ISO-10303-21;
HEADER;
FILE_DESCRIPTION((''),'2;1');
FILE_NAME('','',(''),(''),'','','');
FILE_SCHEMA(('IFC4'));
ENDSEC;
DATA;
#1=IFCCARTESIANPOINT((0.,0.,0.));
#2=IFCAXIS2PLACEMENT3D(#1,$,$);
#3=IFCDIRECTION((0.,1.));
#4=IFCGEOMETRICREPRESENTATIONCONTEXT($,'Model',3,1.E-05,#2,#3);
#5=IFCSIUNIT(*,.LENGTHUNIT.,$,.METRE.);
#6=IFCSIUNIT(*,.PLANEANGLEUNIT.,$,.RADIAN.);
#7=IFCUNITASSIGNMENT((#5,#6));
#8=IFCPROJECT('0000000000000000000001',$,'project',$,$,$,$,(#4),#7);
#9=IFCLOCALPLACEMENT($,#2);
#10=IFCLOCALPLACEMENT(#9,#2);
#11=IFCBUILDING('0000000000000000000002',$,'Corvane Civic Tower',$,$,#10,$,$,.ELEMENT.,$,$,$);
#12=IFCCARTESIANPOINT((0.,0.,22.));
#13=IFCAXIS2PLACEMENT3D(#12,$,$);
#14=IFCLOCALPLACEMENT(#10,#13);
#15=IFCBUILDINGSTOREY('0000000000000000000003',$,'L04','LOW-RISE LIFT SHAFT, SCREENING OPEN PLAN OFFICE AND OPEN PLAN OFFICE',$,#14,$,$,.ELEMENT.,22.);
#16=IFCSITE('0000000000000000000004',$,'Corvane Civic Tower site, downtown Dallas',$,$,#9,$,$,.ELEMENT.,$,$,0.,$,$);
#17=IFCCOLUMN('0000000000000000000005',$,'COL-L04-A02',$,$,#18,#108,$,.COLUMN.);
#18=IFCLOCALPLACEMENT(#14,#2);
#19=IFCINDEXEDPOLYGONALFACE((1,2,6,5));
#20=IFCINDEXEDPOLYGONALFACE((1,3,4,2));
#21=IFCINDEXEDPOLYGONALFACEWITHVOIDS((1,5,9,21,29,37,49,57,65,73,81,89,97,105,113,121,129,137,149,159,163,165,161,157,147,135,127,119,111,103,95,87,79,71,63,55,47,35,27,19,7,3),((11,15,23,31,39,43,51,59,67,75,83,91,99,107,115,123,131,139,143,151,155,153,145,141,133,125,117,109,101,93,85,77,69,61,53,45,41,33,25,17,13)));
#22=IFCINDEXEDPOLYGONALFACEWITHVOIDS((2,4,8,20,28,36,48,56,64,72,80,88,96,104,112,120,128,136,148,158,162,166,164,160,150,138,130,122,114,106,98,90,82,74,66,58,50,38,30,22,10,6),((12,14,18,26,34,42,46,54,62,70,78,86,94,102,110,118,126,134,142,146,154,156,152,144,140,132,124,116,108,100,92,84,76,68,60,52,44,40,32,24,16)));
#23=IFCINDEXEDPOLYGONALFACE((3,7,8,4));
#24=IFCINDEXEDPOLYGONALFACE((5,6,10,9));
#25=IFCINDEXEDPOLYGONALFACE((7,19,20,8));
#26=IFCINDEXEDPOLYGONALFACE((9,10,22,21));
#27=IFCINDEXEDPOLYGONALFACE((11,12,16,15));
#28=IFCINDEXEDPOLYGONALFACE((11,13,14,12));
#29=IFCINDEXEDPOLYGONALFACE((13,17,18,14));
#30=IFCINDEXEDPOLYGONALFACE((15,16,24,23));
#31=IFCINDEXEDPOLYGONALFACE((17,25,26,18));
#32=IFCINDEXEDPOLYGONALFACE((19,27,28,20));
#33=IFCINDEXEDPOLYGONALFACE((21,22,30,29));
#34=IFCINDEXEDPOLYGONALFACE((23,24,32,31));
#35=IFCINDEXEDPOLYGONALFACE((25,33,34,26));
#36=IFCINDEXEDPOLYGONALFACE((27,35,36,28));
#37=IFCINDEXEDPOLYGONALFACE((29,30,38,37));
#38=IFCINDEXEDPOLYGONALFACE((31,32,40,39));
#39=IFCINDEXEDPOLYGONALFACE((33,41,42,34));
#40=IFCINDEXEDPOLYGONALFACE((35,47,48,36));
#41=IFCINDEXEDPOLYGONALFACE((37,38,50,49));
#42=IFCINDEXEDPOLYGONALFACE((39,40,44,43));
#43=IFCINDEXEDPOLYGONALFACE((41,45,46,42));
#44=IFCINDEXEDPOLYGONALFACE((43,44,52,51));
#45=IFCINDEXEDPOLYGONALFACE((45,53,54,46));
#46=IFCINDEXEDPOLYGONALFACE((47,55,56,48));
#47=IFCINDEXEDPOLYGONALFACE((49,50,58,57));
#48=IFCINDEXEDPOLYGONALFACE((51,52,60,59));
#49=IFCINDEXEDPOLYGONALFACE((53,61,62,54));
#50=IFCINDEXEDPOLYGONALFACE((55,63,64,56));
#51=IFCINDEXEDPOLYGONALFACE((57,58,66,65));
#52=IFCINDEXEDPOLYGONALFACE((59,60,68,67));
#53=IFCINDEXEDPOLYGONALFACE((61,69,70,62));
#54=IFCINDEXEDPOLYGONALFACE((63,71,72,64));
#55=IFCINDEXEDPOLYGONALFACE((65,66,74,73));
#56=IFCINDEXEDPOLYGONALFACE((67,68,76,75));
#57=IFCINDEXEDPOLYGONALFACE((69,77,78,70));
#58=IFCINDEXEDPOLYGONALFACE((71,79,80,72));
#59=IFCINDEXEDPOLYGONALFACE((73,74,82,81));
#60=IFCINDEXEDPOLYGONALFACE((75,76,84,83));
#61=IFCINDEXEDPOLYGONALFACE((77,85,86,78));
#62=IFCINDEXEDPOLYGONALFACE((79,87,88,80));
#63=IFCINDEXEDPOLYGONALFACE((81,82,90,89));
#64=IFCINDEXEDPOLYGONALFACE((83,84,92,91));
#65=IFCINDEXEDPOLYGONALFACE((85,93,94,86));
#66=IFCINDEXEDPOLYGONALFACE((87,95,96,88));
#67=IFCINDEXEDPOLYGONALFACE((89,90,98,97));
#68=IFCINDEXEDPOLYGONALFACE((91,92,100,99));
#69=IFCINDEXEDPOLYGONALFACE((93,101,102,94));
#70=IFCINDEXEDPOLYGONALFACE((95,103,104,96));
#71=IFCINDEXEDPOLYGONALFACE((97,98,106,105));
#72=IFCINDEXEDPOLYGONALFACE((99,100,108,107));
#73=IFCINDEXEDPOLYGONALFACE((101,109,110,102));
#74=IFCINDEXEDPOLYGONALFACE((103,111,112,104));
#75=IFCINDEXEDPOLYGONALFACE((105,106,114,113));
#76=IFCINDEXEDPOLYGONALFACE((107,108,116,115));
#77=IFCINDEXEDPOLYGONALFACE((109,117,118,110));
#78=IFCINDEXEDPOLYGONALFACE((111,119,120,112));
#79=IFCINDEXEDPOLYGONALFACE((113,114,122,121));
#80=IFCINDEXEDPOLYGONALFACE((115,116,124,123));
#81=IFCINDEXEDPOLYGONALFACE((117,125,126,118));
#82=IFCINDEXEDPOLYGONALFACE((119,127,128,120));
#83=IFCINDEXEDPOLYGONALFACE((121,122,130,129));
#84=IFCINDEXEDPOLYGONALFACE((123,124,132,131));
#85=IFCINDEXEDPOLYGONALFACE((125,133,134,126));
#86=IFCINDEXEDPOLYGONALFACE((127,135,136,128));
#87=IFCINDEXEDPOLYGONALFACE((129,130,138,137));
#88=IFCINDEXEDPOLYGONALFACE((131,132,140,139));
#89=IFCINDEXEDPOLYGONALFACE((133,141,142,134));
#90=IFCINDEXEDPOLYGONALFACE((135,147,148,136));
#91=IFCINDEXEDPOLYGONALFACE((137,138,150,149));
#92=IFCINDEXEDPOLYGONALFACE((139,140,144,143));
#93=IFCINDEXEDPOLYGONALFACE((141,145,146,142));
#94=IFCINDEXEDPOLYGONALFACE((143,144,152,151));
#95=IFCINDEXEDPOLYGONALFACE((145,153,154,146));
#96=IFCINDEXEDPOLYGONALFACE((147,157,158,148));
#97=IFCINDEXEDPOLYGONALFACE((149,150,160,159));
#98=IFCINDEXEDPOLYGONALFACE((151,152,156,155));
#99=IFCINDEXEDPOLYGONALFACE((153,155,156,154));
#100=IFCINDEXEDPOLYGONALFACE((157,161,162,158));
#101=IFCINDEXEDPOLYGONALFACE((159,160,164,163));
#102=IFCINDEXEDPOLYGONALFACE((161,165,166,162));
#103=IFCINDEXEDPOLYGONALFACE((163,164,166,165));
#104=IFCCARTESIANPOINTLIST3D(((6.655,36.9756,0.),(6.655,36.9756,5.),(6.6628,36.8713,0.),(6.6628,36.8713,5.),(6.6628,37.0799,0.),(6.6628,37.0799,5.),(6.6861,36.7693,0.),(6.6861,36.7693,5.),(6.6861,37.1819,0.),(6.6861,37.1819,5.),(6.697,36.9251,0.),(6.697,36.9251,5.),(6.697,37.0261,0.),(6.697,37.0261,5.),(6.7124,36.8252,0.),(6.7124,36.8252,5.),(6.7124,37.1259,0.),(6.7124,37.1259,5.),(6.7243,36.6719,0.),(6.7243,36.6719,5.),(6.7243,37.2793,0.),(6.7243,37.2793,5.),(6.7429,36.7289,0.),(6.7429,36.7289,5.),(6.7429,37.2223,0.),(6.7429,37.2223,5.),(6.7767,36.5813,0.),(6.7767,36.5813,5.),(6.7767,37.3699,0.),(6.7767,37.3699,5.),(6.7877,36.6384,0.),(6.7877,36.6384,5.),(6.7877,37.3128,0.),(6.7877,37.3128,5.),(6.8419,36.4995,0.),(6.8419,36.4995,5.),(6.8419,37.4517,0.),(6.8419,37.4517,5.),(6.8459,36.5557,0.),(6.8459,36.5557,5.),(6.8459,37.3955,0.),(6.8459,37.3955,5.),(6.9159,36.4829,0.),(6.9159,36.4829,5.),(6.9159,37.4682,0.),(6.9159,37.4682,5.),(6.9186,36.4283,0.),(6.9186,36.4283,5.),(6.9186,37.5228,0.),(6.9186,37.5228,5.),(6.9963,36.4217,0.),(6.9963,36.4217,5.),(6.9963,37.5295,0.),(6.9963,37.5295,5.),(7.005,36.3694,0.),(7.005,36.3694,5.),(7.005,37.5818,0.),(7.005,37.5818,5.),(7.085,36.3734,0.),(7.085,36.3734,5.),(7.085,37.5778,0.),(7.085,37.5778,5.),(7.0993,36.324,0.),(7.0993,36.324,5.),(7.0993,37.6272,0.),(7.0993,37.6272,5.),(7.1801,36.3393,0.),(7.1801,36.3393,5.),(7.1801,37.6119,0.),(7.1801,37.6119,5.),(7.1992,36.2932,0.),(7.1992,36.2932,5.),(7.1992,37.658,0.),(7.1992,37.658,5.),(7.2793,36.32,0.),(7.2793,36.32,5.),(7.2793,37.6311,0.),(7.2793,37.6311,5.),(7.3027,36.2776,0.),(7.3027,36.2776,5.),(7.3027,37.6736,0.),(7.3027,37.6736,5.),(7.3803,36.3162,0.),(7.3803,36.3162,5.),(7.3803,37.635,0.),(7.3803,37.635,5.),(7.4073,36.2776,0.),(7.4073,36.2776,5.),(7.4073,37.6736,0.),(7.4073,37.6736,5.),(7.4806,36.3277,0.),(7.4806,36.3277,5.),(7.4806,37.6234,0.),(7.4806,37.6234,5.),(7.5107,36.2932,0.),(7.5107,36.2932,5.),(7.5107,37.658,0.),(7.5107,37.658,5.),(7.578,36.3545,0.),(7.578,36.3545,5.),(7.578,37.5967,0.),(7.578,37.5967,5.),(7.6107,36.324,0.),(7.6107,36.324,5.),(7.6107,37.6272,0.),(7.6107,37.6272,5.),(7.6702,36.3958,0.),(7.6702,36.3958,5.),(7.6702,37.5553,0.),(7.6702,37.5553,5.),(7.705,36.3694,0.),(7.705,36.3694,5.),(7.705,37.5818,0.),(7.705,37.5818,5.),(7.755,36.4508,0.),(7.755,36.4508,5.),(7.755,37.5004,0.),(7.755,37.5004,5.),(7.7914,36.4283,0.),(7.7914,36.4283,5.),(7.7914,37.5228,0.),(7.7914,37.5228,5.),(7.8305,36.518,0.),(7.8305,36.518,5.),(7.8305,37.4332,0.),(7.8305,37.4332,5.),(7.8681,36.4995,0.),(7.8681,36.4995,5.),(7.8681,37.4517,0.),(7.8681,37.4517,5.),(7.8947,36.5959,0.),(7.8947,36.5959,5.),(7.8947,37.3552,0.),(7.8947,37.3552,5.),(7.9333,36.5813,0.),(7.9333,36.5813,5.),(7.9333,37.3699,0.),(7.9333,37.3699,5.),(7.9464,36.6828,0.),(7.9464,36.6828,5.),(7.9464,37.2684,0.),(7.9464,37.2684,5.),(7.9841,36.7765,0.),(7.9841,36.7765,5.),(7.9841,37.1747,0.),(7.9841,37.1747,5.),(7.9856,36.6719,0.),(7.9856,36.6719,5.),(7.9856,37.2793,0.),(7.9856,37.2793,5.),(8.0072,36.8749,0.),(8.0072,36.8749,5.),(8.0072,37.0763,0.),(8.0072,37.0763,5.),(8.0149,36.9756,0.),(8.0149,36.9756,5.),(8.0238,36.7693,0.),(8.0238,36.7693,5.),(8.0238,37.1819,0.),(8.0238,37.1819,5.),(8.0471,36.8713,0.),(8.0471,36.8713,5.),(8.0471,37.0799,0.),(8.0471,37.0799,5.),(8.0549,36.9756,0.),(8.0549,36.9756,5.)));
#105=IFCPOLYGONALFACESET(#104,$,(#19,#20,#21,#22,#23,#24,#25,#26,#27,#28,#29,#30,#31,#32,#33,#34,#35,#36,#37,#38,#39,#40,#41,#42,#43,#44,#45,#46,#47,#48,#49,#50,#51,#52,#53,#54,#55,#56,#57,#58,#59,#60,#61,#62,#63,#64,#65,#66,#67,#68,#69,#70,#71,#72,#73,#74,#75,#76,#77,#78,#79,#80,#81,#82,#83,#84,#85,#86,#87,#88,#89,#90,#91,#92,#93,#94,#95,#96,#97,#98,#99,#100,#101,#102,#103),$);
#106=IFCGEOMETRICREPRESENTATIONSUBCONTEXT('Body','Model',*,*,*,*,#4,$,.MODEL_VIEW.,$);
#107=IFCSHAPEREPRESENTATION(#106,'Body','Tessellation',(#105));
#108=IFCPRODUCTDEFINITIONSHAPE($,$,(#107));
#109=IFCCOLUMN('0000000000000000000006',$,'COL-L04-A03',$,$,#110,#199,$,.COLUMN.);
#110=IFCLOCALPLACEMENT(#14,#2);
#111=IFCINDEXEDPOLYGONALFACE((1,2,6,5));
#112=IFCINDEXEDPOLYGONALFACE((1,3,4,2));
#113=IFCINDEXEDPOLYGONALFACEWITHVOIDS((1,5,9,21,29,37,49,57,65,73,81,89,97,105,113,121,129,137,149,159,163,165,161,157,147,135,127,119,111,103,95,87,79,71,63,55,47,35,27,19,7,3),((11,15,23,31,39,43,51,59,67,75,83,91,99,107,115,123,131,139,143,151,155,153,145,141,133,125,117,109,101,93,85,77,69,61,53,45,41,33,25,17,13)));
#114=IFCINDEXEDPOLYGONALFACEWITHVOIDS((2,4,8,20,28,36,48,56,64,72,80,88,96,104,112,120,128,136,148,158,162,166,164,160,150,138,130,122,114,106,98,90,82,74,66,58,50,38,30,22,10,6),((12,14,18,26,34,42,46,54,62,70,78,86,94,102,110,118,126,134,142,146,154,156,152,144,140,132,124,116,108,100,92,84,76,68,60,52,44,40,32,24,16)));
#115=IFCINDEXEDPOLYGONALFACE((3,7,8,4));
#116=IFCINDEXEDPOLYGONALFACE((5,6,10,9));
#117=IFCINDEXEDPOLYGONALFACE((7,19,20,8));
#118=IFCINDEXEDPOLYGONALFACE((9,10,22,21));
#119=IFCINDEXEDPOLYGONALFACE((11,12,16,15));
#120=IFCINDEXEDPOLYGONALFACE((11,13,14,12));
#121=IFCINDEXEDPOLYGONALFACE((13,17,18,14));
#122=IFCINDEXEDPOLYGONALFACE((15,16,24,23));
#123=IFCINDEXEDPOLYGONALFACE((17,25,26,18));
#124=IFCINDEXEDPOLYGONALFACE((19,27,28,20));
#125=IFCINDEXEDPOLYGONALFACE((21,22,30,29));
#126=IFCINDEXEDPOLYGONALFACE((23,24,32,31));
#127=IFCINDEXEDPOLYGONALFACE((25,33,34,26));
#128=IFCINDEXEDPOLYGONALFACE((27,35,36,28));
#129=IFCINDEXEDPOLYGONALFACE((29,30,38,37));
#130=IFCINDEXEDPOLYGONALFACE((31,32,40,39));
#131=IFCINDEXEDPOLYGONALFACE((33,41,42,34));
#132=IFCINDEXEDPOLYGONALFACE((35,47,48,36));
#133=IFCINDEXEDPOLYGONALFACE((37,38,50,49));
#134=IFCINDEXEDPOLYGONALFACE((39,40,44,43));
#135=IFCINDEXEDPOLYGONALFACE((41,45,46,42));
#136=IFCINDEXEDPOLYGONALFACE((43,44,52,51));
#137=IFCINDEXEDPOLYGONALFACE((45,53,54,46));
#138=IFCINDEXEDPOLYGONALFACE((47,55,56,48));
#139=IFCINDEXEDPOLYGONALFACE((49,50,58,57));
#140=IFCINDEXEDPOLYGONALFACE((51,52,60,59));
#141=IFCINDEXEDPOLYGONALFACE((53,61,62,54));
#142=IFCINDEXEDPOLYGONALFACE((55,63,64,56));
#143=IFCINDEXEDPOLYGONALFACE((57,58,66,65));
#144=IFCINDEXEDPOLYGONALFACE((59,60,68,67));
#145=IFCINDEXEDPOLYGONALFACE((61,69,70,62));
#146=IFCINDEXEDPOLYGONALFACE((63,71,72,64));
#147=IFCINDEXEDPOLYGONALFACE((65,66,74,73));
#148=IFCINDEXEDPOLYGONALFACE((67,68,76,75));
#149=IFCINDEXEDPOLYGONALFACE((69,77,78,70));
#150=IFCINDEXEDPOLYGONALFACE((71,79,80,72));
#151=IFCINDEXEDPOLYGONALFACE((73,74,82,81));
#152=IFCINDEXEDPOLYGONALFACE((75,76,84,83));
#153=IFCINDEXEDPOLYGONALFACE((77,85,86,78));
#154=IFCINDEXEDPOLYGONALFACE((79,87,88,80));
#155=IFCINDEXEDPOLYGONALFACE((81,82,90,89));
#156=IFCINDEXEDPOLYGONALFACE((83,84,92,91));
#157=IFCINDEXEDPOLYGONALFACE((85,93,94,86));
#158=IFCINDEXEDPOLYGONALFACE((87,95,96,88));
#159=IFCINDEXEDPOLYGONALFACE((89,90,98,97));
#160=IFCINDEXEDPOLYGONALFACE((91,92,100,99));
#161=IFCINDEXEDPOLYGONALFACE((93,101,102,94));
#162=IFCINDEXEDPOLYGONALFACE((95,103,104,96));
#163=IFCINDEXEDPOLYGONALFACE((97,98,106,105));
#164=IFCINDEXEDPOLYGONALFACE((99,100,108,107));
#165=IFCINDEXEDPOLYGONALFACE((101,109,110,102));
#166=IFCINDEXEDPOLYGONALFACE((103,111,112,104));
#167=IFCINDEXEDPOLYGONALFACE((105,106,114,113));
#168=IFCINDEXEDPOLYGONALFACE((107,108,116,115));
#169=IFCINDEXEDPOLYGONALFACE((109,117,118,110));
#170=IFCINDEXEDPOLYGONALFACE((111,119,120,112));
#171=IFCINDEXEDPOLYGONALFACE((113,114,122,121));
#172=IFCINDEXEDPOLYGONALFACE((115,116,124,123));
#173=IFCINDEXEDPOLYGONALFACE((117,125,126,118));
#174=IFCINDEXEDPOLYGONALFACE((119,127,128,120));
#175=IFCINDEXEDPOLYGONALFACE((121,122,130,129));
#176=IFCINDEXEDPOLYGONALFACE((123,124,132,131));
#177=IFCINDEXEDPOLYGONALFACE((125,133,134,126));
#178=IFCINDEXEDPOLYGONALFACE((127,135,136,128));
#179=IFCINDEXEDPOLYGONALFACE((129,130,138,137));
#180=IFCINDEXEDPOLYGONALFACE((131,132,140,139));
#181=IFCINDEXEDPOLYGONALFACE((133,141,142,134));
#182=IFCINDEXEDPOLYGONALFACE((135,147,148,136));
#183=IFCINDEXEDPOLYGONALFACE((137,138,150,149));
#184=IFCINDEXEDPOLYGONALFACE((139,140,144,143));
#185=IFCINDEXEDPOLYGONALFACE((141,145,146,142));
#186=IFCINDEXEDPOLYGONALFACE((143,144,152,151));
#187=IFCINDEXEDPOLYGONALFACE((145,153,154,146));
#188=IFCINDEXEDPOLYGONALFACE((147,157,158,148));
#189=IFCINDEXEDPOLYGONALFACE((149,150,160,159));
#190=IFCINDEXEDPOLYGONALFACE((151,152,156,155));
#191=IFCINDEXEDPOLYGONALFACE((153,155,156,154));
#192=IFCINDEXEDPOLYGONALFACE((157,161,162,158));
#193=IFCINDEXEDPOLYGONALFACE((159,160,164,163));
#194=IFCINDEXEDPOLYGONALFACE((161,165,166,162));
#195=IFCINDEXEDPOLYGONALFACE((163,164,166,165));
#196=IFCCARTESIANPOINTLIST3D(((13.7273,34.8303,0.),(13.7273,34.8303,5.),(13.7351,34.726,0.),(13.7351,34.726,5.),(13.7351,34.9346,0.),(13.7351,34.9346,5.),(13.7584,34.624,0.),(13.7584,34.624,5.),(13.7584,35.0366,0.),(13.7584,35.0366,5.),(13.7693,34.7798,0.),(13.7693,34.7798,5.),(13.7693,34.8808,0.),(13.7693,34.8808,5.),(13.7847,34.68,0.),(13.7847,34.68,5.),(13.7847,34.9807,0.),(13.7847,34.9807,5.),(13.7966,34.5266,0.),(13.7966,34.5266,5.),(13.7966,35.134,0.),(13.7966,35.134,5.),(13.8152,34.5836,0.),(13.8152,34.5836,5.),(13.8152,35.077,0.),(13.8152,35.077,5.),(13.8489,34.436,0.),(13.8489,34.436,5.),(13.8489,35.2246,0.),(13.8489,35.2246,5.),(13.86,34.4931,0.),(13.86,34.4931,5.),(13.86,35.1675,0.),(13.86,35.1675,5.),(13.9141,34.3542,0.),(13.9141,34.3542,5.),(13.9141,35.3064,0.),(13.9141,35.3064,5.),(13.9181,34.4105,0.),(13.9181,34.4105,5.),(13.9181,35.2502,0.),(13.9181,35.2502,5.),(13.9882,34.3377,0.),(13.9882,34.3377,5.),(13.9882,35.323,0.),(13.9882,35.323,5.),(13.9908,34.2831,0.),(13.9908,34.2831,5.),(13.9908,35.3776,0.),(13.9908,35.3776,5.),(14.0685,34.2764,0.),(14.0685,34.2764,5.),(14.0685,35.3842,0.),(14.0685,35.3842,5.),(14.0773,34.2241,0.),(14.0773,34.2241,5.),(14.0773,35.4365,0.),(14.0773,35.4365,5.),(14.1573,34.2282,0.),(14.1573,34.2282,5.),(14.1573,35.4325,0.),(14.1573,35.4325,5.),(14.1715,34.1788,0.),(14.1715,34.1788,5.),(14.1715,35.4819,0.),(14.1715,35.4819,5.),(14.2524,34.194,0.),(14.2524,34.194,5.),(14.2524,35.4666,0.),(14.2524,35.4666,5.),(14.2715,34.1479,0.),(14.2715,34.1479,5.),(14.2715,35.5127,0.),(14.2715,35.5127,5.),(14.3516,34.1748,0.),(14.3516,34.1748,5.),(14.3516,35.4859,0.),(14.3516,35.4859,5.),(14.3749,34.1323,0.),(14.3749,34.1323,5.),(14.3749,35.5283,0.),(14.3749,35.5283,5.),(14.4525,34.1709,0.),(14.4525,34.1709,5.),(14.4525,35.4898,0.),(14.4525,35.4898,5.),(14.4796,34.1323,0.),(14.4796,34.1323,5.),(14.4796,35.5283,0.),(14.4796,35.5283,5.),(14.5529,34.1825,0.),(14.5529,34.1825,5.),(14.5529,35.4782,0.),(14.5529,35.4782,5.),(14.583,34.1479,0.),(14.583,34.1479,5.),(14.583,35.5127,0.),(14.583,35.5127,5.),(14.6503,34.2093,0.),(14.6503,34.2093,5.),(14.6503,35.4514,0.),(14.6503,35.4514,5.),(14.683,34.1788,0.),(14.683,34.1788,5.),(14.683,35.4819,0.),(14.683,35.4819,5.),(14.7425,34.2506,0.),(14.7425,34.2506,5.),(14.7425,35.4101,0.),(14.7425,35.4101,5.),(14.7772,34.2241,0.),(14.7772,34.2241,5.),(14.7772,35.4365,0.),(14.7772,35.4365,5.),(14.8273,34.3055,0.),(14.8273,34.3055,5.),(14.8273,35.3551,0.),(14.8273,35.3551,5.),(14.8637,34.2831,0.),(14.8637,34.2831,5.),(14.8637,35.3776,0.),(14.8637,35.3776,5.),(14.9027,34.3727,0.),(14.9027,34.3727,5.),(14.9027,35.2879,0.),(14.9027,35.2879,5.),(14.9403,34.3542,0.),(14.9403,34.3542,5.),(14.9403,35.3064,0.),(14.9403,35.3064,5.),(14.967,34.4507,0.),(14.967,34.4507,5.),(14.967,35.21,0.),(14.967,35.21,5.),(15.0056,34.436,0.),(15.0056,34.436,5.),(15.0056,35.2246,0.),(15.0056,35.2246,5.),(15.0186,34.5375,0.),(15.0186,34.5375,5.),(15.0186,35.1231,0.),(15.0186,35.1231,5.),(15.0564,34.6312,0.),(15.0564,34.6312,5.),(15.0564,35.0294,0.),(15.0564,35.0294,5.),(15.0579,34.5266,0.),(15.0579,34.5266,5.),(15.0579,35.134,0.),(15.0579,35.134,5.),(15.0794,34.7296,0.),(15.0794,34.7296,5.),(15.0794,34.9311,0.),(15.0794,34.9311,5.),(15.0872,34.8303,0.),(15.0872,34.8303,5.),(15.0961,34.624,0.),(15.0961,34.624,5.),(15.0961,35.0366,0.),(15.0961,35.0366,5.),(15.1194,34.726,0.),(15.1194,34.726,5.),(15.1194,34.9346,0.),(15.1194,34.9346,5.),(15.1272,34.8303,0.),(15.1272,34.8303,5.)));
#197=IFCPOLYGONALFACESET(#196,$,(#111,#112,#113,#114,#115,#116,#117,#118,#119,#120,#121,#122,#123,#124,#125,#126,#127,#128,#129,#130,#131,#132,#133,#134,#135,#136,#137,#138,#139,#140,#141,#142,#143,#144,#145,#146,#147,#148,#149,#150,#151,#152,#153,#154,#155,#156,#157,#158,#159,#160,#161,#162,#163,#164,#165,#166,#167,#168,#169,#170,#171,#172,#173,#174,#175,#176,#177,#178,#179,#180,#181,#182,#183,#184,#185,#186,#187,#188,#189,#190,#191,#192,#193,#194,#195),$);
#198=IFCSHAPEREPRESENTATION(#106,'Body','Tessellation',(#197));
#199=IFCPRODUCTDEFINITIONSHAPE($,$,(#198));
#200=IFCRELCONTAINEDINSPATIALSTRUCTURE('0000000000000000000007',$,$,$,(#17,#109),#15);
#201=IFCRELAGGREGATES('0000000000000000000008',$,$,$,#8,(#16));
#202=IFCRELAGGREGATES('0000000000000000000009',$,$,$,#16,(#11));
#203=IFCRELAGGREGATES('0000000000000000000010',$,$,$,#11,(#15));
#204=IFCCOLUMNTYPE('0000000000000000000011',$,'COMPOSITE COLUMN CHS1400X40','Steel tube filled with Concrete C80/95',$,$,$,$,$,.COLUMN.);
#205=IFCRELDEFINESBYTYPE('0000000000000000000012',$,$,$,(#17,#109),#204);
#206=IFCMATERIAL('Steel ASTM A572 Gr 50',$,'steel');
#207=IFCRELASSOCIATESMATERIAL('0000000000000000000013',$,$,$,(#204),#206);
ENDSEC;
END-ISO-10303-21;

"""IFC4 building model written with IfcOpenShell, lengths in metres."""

from ifc_helpers import new_model, si_unit, direction, frame, origin, origin_2d, place, context, subcontext, project, spatial, hollow_circle, extrude, material, material_profile, profile_set, type_object, element, save


model = new_model("IFC4")

# Units and contexts
model_context = context("Model", 3, precision=1e-05, world=origin(), true_north=direction((0.0, 1.0)))
body_context = subcontext(model_context, "Body", "Model", "MODEL_VIEW")
ifc_project = project(units=[si_unit("LENGTHUNIT", "METRE"), si_unit("PLANEANGLEUNIT", "RADIAN")], contexts=[model_context])

# Site, building, storey
site_placement = place(None, origin())
site = spatial("IfcSite", under=ifc_project, at=site_placement, Name="Corvane Civic Tower site, downtown Dallas", CompositionType="ELEMENT", RefElevation=0.0)
building_placement = place(site_placement, origin())
building = spatial("IfcBuilding", under=site, at=building_placement, Name="Corvane Civic Tower", CompositionType="ELEMENT")
storey_placement = place(building_placement, frame((0.0, 0.0, 22.0)))
storey = spatial("IfcBuildingStorey", under=building, at=storey_placement, Name="L04", Description="LOW-RISE LIFT SHAFT, SCREENING OPEN PLAN OFFICE AND OPEN PLAN OFFICE", CompositionType="ELEMENT", Elevation=22.0)

# Columns
ifc_material_1 = material(Name="Steel ASTM A572 Gr 50", Category="steel")
ifc_material_profile_1 = material_profile(ifc_material_1, hollow_circle(Radius=0.7, WallThickness=0.04, at=origin_2d()), Name="CHS1400X40")
ifc_profile_set_1 = profile_set([ifc_material_profile_1], Name="Steel ASTM A572 Gr 50")
column_type_1 = type_object("IfcColumnType", Name="COMPOSITE COLUMN CHS1400X40", Description="Steel tube filled with Concrete C80/95", PredefinedType="COLUMN", material=ifc_profile_set_1)
for number, where, z_axis, x_axis, name in (
    (1, (7.355, 36.9756, 0.0), (0.0, 0.0, 1.0), (1.0, 0.0, 0.0), "COL-L04-A02"),
    (2, (14.4272, 34.8303, 0.0), (0.0, 0.0, 1.0), (1.0, 0.0, 0.0), "COL-L04-A03"),
):
    element("IfcColumn", number, at=place(storey_placement, frame(where, z_axis=z_axis, x_axis=x_axis)), inside=storey, type_object=column_type_1, Name=name, PredefinedType="COLUMN", context=body_context, shape_type="SweptSolid", body=[
        extrude(hollow_circle(Radius=0.7, WallThickness=0.04, at=origin_2d()), origin(), (0.0, 0.0, 1.0), 5.0),
    ])

save(model, "model.ifc")
